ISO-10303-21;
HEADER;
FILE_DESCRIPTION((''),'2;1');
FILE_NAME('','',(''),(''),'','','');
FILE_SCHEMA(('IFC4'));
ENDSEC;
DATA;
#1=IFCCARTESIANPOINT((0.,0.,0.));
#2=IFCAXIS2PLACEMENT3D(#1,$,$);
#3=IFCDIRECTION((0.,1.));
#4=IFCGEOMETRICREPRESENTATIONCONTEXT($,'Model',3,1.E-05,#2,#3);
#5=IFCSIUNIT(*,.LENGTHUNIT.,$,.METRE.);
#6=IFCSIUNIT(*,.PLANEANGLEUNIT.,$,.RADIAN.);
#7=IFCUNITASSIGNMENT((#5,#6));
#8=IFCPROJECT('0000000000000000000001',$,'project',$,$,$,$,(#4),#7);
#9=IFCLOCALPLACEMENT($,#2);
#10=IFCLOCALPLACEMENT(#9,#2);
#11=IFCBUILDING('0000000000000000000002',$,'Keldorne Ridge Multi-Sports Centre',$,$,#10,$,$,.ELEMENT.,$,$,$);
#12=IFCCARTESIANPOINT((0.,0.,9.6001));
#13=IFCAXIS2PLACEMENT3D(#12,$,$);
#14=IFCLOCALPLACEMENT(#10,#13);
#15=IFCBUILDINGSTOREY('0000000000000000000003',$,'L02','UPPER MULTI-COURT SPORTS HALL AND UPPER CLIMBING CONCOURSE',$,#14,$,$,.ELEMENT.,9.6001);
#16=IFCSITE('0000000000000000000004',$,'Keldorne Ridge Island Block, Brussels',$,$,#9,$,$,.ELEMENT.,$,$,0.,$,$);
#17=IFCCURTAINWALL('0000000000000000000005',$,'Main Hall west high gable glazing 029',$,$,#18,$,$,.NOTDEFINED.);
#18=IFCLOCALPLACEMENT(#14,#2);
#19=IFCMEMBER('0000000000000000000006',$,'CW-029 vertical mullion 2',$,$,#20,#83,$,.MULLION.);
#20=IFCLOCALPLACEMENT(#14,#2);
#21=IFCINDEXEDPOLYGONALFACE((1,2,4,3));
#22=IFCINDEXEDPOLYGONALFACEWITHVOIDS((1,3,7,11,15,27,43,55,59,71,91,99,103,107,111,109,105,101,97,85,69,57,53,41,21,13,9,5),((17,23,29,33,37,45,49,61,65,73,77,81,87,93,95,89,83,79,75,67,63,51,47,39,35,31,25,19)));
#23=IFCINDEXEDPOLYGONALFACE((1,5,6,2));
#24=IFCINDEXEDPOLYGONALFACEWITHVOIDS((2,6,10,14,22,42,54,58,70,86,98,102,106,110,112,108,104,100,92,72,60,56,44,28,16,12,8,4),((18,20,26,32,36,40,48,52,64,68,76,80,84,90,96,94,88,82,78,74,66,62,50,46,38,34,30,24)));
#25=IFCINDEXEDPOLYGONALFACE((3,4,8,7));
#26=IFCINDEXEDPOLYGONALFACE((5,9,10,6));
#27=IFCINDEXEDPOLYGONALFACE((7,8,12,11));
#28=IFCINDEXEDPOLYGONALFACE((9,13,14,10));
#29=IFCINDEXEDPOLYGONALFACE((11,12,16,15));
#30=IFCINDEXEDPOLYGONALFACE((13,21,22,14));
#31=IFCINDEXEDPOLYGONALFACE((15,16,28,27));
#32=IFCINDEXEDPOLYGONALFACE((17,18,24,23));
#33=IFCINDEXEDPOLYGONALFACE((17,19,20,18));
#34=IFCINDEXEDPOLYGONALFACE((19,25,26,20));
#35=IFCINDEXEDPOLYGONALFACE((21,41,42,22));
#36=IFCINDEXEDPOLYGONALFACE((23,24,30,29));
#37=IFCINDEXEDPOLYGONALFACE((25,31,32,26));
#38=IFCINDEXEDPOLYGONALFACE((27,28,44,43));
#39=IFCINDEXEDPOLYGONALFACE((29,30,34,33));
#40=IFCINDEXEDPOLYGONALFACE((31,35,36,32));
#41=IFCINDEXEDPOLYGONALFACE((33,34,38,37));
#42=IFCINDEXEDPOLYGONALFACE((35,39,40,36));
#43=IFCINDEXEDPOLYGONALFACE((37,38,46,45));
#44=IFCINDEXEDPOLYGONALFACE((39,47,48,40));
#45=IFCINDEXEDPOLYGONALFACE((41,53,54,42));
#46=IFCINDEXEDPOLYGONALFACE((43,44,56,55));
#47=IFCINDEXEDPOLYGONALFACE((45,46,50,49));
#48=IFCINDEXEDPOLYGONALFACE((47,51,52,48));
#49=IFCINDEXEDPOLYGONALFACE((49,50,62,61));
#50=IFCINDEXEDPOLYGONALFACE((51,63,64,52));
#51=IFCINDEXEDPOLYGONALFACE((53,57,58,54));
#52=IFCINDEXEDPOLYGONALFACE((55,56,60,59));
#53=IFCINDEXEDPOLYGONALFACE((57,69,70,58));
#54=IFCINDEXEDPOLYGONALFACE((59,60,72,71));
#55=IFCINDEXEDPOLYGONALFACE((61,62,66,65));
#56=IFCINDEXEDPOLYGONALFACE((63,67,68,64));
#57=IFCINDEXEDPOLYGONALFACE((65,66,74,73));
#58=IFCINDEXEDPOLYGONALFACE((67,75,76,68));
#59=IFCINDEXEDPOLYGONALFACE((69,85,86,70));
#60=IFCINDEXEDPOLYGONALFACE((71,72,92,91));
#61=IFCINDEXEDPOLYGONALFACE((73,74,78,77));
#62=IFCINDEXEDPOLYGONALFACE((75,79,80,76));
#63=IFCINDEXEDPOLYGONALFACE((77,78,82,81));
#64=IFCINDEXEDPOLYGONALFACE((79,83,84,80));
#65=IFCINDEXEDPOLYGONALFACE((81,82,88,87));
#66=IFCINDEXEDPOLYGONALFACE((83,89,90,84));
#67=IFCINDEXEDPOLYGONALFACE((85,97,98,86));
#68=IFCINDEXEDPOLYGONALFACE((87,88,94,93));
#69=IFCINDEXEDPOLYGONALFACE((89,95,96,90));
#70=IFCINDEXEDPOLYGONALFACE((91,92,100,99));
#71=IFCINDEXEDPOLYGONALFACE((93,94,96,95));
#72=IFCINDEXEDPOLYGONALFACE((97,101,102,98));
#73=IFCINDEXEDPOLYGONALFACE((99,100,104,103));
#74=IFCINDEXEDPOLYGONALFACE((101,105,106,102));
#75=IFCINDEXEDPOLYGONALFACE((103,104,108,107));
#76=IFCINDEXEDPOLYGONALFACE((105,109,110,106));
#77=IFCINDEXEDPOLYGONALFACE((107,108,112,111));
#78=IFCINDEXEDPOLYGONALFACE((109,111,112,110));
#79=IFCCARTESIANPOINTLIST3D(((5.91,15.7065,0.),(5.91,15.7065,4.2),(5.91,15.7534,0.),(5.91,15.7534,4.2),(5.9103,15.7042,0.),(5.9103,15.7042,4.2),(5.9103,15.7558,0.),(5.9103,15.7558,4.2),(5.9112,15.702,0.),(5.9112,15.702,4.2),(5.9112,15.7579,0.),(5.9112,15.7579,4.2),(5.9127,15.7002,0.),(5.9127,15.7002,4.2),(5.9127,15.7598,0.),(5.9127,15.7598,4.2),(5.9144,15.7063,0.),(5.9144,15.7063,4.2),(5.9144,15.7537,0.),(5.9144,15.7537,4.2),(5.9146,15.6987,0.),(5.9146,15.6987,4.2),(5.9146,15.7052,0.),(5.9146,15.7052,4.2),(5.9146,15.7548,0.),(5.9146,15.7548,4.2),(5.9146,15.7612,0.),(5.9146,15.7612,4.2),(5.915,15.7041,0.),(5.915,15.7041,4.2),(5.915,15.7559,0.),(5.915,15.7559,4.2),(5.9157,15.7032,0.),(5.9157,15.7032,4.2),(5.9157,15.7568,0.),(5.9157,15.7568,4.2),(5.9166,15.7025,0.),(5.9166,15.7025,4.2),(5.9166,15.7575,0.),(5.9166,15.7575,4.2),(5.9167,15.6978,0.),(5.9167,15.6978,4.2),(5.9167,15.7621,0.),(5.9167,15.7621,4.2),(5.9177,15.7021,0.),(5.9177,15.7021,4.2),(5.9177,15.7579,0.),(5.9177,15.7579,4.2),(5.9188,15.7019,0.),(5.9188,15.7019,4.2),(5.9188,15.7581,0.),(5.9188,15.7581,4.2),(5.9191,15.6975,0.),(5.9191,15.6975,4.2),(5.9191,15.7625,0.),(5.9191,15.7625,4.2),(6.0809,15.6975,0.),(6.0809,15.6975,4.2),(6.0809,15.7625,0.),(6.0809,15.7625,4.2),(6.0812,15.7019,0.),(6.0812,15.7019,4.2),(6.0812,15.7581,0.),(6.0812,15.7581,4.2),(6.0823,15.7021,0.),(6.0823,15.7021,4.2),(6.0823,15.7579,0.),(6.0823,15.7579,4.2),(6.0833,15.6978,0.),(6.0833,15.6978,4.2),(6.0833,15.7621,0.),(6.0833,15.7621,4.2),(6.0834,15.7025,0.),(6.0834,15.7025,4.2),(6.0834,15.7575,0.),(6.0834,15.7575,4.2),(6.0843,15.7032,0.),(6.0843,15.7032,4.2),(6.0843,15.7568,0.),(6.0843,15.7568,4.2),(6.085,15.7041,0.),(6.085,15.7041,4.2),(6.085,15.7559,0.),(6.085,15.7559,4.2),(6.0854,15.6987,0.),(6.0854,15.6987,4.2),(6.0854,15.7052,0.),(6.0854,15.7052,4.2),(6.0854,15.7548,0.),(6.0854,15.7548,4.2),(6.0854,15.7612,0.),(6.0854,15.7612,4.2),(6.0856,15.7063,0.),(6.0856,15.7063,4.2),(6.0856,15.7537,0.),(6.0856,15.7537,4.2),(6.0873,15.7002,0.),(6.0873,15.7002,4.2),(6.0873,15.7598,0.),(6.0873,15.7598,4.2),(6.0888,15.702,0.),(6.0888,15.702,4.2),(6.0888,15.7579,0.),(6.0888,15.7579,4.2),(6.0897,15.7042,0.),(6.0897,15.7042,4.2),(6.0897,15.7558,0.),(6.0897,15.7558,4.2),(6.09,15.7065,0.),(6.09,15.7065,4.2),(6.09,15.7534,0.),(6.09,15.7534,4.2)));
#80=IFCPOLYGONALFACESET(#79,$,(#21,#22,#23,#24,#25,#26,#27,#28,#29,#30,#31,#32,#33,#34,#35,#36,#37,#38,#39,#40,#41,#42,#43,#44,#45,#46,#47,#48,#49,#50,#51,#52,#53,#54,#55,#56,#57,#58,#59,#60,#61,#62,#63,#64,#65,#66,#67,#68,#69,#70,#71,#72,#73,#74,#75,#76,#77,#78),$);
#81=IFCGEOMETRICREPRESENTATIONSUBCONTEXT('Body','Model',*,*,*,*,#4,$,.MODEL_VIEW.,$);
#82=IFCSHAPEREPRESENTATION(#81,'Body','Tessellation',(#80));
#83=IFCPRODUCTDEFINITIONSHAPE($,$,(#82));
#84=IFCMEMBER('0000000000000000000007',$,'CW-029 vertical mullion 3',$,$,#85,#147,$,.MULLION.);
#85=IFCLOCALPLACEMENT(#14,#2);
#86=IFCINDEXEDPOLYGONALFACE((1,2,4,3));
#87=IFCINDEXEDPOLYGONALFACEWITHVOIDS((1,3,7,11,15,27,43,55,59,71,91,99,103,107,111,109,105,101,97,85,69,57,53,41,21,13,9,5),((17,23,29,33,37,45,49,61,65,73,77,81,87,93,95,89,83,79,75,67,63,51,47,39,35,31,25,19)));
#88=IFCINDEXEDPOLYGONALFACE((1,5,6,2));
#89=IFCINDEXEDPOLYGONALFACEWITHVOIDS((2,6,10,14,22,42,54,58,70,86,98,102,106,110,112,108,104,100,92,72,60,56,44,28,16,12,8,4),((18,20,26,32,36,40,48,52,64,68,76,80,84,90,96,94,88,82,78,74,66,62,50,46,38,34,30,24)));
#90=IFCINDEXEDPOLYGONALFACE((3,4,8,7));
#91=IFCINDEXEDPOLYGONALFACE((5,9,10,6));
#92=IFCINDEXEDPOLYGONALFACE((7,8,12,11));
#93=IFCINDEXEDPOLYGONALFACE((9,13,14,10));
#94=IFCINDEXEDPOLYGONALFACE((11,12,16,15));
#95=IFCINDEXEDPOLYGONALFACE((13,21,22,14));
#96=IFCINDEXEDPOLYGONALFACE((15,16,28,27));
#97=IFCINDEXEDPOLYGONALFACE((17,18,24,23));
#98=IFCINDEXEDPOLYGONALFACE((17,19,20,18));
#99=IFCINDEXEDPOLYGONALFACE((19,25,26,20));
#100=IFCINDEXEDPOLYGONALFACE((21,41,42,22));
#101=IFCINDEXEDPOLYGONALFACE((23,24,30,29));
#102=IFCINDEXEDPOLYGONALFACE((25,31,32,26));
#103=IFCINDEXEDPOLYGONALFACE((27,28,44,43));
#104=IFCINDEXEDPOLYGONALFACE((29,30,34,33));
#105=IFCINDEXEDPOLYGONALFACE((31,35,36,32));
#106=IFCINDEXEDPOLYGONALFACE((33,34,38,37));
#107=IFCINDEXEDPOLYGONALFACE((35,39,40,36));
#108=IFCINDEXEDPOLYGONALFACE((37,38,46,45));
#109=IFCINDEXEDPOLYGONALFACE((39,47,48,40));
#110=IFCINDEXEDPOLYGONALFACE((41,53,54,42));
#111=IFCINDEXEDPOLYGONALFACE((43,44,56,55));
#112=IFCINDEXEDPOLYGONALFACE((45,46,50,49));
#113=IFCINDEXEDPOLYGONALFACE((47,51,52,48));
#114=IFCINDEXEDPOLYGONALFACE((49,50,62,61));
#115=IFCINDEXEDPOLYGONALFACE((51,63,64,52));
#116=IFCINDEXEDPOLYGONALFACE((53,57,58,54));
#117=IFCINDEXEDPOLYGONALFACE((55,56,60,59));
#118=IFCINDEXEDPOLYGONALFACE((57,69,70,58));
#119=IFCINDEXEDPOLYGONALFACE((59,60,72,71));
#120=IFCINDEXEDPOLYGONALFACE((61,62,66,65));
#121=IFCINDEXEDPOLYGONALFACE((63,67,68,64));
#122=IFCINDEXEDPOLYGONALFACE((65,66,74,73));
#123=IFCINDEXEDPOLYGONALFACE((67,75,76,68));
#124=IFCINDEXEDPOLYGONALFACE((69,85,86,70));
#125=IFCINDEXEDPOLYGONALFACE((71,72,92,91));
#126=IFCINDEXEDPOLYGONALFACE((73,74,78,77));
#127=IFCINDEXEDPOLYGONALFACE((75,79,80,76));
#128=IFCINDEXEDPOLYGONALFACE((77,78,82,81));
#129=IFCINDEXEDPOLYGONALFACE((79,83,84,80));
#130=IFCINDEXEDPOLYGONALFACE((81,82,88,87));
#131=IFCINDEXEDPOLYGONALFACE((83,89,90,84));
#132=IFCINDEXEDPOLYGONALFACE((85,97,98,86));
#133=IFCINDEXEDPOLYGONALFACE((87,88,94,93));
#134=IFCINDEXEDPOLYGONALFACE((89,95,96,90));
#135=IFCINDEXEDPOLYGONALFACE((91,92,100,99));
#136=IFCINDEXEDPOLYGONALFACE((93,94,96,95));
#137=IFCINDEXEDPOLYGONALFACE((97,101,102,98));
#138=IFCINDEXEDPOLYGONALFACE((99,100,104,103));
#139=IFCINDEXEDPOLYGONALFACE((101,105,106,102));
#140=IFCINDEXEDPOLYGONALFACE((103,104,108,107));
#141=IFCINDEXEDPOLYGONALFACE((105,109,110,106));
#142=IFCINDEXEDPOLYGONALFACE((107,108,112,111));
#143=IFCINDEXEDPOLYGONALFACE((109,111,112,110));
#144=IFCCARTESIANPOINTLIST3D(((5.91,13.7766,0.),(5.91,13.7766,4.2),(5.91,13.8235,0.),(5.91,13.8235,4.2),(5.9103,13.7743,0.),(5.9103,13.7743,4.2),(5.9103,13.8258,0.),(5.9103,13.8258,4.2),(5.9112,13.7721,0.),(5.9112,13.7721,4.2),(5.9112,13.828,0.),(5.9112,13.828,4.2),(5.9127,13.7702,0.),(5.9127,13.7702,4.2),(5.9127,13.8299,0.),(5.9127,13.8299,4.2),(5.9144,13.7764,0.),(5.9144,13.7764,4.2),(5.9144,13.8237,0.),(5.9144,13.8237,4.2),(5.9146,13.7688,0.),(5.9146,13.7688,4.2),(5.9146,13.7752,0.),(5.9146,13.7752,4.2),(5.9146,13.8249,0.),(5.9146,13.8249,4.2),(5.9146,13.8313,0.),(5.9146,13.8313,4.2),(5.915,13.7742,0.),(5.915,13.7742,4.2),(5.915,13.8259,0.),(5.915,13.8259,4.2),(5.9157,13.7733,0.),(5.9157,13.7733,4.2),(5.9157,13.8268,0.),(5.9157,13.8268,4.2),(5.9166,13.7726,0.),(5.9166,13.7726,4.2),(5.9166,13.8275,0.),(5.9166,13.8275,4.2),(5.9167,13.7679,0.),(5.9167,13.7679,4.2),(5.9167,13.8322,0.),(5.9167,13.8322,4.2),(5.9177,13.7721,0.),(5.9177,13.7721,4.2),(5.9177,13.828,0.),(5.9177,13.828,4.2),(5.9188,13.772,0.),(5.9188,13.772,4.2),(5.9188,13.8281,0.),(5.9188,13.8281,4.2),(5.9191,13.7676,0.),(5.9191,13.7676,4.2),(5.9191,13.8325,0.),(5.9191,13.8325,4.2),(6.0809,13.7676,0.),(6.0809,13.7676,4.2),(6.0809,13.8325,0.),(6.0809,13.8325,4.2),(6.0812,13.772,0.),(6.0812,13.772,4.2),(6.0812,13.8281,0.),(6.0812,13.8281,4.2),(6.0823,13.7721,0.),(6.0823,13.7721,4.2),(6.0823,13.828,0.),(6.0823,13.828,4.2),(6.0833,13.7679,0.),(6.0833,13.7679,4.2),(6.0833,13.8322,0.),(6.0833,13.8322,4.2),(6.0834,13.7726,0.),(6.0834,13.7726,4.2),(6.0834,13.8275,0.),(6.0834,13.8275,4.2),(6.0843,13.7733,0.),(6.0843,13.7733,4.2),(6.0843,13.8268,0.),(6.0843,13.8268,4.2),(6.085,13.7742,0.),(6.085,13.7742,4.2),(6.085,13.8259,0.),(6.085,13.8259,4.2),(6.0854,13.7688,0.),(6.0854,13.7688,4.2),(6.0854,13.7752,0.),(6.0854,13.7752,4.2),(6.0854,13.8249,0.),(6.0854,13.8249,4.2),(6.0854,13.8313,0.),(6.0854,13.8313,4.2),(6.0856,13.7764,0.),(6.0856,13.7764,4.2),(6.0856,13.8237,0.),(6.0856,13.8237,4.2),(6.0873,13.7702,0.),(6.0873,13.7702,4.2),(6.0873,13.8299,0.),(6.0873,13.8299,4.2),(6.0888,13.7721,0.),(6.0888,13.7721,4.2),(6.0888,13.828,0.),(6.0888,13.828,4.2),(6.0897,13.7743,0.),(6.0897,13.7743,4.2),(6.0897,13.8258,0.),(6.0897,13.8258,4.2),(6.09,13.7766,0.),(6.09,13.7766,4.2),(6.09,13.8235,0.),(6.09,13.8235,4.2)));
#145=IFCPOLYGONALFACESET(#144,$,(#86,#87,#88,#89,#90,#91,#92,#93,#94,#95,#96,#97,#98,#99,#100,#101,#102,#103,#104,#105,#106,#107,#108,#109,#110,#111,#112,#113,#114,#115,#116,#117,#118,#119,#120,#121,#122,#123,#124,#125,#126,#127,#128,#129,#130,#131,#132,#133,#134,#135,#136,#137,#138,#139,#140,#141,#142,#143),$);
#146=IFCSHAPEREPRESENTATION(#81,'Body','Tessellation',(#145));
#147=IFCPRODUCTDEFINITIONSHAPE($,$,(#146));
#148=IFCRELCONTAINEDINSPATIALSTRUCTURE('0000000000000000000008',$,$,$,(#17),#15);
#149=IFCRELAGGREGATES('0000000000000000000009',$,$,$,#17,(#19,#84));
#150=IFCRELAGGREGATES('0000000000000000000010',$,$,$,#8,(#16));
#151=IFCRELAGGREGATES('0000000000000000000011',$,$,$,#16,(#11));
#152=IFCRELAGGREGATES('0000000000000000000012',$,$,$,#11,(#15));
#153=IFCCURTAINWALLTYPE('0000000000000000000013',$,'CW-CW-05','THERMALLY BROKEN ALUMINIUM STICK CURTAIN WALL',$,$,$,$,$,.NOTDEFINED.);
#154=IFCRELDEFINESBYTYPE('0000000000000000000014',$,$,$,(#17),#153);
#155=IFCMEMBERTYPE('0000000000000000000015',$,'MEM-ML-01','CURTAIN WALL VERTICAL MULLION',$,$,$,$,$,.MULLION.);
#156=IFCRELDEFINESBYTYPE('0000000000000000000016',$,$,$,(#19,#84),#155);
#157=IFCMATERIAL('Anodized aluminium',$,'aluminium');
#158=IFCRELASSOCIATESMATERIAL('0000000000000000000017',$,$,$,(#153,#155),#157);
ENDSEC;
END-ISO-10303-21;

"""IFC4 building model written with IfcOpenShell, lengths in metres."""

from ifc_helpers import new_model, si_unit, direction, frame, origin, origin_2d, place, context, subcontext, project, spatial, hollow_rectangle, extrude, material, material_profile, profile_set, type_object, element, aggregate, save


model = new_model("IFC4")

# Units and contexts
model_context = context("Model", 3, precision=1e-05, world=origin(), true_north=direction((0.0, 1.0)))
body_context = subcontext(model_context, "Body", "Model", "MODEL_VIEW")
ifc_project = project(units=[si_unit("LENGTHUNIT", "METRE"), si_unit("PLANEANGLEUNIT", "RADIAN")], contexts=[model_context])

# Site, building, storey
site_placement = place(None, origin())
site = spatial("IfcSite", under=ifc_project, at=site_placement, Name="Keldorne Ridge Island Block, Brussels", CompositionType="ELEMENT", RefElevation=0.0)
building_placement = place(site_placement, origin())
building = spatial("IfcBuilding", under=site, at=building_placement, Name="Keldorne Ridge Multi-Sports Centre", CompositionType="ELEMENT")
storey_placement = place(building_placement, frame((0.0, 0.0, 9.6001)))
storey = spatial("IfcBuildingStorey", under=building, at=storey_placement, Name="L02", Description="UPPER MULTI-COURT SPORTS HALL AND UPPER CLIMBING CONCOURSE", CompositionType="ELEMENT", Elevation=9.6001)

# Curtain wall, members
ifc_material_1 = material(Name="Anodized aluminium", Category="aluminium")
curtain_wall_type_1 = type_object("IfcCurtainWallType", Name="CW-CW-05", Description="THERMALLY BROKEN ALUMINIUM STICK CURTAIN WALL", PredefinedType="NOTDEFINED", material=ifc_material_1)
curtain_wall_1_placement = place(storey_placement, origin())
curtain_wall_1 = element("IfcCurtainWall", 1, at=curtain_wall_1_placement, inside=storey, type_object=curtain_wall_type_1, Name="Main Hall west high gable glazing 029", PredefinedType="NOTDEFINED")
ifc_material_profile_1 = material_profile(ifc_material_1, hollow_rectangle(XDim=0.0649, YDim=0.1799, WallThickness=0.0044, InnerFilletRadius=0.0044, OuterFilletRadius=0.009, at=origin_2d()), Name="ALU MULLION 180x65x4.5")
ifc_profile_set_1 = profile_set([ifc_material_profile_1], Name="Anodized aluminium")
member_type_1 = type_object("IfcMemberType", Name="MEM-ML-01", Description="CURTAIN WALL VERTICAL MULLION", PredefinedType="MULLION", material=ifc_profile_set_1)
member_1_placement = place(storey_placement, frame((6.0, 15.73, 0.0), z_axis=(0.0, 0.0, 1.0), x_axis=(0.0, 1.0, 0.0)))
member_1 = element("IfcMember", 2, at=member_1_placement, type_object=member_type_1, Name="CW-029 vertical mullion 2", PredefinedType="MULLION", context=body_context, shape_type="SweptSolid", body=[
    extrude(hollow_rectangle(XDim=0.0649, YDim=0.1799, WallThickness=0.0044, InnerFilletRadius=0.0044, OuterFilletRadius=0.009, at=origin_2d()), origin(), (0.0, 0.0, 1.0), 4.2),
])
member_2_placement = place(storey_placement, frame((6.0, 13.8, 0.0), z_axis=(0.0, 0.0, 1.0), x_axis=(0.0, 1.0, 0.0)))
member_2 = element("IfcMember", 3, at=member_2_placement, type_object=member_type_1, Name="CW-029 vertical mullion 3", PredefinedType="MULLION", context=body_context, shape_type="SweptSolid", body=[
    extrude(hollow_rectangle(XDim=0.0649, YDim=0.1799, WallThickness=0.0044, InnerFilletRadius=0.0044, OuterFilletRadius=0.009, at=origin_2d()), origin(), (0.0, 0.0, 1.0), 4.2),
])

aggregate(curtain_wall_1, [member_1, member_2])

save(model, "model.ifc")
